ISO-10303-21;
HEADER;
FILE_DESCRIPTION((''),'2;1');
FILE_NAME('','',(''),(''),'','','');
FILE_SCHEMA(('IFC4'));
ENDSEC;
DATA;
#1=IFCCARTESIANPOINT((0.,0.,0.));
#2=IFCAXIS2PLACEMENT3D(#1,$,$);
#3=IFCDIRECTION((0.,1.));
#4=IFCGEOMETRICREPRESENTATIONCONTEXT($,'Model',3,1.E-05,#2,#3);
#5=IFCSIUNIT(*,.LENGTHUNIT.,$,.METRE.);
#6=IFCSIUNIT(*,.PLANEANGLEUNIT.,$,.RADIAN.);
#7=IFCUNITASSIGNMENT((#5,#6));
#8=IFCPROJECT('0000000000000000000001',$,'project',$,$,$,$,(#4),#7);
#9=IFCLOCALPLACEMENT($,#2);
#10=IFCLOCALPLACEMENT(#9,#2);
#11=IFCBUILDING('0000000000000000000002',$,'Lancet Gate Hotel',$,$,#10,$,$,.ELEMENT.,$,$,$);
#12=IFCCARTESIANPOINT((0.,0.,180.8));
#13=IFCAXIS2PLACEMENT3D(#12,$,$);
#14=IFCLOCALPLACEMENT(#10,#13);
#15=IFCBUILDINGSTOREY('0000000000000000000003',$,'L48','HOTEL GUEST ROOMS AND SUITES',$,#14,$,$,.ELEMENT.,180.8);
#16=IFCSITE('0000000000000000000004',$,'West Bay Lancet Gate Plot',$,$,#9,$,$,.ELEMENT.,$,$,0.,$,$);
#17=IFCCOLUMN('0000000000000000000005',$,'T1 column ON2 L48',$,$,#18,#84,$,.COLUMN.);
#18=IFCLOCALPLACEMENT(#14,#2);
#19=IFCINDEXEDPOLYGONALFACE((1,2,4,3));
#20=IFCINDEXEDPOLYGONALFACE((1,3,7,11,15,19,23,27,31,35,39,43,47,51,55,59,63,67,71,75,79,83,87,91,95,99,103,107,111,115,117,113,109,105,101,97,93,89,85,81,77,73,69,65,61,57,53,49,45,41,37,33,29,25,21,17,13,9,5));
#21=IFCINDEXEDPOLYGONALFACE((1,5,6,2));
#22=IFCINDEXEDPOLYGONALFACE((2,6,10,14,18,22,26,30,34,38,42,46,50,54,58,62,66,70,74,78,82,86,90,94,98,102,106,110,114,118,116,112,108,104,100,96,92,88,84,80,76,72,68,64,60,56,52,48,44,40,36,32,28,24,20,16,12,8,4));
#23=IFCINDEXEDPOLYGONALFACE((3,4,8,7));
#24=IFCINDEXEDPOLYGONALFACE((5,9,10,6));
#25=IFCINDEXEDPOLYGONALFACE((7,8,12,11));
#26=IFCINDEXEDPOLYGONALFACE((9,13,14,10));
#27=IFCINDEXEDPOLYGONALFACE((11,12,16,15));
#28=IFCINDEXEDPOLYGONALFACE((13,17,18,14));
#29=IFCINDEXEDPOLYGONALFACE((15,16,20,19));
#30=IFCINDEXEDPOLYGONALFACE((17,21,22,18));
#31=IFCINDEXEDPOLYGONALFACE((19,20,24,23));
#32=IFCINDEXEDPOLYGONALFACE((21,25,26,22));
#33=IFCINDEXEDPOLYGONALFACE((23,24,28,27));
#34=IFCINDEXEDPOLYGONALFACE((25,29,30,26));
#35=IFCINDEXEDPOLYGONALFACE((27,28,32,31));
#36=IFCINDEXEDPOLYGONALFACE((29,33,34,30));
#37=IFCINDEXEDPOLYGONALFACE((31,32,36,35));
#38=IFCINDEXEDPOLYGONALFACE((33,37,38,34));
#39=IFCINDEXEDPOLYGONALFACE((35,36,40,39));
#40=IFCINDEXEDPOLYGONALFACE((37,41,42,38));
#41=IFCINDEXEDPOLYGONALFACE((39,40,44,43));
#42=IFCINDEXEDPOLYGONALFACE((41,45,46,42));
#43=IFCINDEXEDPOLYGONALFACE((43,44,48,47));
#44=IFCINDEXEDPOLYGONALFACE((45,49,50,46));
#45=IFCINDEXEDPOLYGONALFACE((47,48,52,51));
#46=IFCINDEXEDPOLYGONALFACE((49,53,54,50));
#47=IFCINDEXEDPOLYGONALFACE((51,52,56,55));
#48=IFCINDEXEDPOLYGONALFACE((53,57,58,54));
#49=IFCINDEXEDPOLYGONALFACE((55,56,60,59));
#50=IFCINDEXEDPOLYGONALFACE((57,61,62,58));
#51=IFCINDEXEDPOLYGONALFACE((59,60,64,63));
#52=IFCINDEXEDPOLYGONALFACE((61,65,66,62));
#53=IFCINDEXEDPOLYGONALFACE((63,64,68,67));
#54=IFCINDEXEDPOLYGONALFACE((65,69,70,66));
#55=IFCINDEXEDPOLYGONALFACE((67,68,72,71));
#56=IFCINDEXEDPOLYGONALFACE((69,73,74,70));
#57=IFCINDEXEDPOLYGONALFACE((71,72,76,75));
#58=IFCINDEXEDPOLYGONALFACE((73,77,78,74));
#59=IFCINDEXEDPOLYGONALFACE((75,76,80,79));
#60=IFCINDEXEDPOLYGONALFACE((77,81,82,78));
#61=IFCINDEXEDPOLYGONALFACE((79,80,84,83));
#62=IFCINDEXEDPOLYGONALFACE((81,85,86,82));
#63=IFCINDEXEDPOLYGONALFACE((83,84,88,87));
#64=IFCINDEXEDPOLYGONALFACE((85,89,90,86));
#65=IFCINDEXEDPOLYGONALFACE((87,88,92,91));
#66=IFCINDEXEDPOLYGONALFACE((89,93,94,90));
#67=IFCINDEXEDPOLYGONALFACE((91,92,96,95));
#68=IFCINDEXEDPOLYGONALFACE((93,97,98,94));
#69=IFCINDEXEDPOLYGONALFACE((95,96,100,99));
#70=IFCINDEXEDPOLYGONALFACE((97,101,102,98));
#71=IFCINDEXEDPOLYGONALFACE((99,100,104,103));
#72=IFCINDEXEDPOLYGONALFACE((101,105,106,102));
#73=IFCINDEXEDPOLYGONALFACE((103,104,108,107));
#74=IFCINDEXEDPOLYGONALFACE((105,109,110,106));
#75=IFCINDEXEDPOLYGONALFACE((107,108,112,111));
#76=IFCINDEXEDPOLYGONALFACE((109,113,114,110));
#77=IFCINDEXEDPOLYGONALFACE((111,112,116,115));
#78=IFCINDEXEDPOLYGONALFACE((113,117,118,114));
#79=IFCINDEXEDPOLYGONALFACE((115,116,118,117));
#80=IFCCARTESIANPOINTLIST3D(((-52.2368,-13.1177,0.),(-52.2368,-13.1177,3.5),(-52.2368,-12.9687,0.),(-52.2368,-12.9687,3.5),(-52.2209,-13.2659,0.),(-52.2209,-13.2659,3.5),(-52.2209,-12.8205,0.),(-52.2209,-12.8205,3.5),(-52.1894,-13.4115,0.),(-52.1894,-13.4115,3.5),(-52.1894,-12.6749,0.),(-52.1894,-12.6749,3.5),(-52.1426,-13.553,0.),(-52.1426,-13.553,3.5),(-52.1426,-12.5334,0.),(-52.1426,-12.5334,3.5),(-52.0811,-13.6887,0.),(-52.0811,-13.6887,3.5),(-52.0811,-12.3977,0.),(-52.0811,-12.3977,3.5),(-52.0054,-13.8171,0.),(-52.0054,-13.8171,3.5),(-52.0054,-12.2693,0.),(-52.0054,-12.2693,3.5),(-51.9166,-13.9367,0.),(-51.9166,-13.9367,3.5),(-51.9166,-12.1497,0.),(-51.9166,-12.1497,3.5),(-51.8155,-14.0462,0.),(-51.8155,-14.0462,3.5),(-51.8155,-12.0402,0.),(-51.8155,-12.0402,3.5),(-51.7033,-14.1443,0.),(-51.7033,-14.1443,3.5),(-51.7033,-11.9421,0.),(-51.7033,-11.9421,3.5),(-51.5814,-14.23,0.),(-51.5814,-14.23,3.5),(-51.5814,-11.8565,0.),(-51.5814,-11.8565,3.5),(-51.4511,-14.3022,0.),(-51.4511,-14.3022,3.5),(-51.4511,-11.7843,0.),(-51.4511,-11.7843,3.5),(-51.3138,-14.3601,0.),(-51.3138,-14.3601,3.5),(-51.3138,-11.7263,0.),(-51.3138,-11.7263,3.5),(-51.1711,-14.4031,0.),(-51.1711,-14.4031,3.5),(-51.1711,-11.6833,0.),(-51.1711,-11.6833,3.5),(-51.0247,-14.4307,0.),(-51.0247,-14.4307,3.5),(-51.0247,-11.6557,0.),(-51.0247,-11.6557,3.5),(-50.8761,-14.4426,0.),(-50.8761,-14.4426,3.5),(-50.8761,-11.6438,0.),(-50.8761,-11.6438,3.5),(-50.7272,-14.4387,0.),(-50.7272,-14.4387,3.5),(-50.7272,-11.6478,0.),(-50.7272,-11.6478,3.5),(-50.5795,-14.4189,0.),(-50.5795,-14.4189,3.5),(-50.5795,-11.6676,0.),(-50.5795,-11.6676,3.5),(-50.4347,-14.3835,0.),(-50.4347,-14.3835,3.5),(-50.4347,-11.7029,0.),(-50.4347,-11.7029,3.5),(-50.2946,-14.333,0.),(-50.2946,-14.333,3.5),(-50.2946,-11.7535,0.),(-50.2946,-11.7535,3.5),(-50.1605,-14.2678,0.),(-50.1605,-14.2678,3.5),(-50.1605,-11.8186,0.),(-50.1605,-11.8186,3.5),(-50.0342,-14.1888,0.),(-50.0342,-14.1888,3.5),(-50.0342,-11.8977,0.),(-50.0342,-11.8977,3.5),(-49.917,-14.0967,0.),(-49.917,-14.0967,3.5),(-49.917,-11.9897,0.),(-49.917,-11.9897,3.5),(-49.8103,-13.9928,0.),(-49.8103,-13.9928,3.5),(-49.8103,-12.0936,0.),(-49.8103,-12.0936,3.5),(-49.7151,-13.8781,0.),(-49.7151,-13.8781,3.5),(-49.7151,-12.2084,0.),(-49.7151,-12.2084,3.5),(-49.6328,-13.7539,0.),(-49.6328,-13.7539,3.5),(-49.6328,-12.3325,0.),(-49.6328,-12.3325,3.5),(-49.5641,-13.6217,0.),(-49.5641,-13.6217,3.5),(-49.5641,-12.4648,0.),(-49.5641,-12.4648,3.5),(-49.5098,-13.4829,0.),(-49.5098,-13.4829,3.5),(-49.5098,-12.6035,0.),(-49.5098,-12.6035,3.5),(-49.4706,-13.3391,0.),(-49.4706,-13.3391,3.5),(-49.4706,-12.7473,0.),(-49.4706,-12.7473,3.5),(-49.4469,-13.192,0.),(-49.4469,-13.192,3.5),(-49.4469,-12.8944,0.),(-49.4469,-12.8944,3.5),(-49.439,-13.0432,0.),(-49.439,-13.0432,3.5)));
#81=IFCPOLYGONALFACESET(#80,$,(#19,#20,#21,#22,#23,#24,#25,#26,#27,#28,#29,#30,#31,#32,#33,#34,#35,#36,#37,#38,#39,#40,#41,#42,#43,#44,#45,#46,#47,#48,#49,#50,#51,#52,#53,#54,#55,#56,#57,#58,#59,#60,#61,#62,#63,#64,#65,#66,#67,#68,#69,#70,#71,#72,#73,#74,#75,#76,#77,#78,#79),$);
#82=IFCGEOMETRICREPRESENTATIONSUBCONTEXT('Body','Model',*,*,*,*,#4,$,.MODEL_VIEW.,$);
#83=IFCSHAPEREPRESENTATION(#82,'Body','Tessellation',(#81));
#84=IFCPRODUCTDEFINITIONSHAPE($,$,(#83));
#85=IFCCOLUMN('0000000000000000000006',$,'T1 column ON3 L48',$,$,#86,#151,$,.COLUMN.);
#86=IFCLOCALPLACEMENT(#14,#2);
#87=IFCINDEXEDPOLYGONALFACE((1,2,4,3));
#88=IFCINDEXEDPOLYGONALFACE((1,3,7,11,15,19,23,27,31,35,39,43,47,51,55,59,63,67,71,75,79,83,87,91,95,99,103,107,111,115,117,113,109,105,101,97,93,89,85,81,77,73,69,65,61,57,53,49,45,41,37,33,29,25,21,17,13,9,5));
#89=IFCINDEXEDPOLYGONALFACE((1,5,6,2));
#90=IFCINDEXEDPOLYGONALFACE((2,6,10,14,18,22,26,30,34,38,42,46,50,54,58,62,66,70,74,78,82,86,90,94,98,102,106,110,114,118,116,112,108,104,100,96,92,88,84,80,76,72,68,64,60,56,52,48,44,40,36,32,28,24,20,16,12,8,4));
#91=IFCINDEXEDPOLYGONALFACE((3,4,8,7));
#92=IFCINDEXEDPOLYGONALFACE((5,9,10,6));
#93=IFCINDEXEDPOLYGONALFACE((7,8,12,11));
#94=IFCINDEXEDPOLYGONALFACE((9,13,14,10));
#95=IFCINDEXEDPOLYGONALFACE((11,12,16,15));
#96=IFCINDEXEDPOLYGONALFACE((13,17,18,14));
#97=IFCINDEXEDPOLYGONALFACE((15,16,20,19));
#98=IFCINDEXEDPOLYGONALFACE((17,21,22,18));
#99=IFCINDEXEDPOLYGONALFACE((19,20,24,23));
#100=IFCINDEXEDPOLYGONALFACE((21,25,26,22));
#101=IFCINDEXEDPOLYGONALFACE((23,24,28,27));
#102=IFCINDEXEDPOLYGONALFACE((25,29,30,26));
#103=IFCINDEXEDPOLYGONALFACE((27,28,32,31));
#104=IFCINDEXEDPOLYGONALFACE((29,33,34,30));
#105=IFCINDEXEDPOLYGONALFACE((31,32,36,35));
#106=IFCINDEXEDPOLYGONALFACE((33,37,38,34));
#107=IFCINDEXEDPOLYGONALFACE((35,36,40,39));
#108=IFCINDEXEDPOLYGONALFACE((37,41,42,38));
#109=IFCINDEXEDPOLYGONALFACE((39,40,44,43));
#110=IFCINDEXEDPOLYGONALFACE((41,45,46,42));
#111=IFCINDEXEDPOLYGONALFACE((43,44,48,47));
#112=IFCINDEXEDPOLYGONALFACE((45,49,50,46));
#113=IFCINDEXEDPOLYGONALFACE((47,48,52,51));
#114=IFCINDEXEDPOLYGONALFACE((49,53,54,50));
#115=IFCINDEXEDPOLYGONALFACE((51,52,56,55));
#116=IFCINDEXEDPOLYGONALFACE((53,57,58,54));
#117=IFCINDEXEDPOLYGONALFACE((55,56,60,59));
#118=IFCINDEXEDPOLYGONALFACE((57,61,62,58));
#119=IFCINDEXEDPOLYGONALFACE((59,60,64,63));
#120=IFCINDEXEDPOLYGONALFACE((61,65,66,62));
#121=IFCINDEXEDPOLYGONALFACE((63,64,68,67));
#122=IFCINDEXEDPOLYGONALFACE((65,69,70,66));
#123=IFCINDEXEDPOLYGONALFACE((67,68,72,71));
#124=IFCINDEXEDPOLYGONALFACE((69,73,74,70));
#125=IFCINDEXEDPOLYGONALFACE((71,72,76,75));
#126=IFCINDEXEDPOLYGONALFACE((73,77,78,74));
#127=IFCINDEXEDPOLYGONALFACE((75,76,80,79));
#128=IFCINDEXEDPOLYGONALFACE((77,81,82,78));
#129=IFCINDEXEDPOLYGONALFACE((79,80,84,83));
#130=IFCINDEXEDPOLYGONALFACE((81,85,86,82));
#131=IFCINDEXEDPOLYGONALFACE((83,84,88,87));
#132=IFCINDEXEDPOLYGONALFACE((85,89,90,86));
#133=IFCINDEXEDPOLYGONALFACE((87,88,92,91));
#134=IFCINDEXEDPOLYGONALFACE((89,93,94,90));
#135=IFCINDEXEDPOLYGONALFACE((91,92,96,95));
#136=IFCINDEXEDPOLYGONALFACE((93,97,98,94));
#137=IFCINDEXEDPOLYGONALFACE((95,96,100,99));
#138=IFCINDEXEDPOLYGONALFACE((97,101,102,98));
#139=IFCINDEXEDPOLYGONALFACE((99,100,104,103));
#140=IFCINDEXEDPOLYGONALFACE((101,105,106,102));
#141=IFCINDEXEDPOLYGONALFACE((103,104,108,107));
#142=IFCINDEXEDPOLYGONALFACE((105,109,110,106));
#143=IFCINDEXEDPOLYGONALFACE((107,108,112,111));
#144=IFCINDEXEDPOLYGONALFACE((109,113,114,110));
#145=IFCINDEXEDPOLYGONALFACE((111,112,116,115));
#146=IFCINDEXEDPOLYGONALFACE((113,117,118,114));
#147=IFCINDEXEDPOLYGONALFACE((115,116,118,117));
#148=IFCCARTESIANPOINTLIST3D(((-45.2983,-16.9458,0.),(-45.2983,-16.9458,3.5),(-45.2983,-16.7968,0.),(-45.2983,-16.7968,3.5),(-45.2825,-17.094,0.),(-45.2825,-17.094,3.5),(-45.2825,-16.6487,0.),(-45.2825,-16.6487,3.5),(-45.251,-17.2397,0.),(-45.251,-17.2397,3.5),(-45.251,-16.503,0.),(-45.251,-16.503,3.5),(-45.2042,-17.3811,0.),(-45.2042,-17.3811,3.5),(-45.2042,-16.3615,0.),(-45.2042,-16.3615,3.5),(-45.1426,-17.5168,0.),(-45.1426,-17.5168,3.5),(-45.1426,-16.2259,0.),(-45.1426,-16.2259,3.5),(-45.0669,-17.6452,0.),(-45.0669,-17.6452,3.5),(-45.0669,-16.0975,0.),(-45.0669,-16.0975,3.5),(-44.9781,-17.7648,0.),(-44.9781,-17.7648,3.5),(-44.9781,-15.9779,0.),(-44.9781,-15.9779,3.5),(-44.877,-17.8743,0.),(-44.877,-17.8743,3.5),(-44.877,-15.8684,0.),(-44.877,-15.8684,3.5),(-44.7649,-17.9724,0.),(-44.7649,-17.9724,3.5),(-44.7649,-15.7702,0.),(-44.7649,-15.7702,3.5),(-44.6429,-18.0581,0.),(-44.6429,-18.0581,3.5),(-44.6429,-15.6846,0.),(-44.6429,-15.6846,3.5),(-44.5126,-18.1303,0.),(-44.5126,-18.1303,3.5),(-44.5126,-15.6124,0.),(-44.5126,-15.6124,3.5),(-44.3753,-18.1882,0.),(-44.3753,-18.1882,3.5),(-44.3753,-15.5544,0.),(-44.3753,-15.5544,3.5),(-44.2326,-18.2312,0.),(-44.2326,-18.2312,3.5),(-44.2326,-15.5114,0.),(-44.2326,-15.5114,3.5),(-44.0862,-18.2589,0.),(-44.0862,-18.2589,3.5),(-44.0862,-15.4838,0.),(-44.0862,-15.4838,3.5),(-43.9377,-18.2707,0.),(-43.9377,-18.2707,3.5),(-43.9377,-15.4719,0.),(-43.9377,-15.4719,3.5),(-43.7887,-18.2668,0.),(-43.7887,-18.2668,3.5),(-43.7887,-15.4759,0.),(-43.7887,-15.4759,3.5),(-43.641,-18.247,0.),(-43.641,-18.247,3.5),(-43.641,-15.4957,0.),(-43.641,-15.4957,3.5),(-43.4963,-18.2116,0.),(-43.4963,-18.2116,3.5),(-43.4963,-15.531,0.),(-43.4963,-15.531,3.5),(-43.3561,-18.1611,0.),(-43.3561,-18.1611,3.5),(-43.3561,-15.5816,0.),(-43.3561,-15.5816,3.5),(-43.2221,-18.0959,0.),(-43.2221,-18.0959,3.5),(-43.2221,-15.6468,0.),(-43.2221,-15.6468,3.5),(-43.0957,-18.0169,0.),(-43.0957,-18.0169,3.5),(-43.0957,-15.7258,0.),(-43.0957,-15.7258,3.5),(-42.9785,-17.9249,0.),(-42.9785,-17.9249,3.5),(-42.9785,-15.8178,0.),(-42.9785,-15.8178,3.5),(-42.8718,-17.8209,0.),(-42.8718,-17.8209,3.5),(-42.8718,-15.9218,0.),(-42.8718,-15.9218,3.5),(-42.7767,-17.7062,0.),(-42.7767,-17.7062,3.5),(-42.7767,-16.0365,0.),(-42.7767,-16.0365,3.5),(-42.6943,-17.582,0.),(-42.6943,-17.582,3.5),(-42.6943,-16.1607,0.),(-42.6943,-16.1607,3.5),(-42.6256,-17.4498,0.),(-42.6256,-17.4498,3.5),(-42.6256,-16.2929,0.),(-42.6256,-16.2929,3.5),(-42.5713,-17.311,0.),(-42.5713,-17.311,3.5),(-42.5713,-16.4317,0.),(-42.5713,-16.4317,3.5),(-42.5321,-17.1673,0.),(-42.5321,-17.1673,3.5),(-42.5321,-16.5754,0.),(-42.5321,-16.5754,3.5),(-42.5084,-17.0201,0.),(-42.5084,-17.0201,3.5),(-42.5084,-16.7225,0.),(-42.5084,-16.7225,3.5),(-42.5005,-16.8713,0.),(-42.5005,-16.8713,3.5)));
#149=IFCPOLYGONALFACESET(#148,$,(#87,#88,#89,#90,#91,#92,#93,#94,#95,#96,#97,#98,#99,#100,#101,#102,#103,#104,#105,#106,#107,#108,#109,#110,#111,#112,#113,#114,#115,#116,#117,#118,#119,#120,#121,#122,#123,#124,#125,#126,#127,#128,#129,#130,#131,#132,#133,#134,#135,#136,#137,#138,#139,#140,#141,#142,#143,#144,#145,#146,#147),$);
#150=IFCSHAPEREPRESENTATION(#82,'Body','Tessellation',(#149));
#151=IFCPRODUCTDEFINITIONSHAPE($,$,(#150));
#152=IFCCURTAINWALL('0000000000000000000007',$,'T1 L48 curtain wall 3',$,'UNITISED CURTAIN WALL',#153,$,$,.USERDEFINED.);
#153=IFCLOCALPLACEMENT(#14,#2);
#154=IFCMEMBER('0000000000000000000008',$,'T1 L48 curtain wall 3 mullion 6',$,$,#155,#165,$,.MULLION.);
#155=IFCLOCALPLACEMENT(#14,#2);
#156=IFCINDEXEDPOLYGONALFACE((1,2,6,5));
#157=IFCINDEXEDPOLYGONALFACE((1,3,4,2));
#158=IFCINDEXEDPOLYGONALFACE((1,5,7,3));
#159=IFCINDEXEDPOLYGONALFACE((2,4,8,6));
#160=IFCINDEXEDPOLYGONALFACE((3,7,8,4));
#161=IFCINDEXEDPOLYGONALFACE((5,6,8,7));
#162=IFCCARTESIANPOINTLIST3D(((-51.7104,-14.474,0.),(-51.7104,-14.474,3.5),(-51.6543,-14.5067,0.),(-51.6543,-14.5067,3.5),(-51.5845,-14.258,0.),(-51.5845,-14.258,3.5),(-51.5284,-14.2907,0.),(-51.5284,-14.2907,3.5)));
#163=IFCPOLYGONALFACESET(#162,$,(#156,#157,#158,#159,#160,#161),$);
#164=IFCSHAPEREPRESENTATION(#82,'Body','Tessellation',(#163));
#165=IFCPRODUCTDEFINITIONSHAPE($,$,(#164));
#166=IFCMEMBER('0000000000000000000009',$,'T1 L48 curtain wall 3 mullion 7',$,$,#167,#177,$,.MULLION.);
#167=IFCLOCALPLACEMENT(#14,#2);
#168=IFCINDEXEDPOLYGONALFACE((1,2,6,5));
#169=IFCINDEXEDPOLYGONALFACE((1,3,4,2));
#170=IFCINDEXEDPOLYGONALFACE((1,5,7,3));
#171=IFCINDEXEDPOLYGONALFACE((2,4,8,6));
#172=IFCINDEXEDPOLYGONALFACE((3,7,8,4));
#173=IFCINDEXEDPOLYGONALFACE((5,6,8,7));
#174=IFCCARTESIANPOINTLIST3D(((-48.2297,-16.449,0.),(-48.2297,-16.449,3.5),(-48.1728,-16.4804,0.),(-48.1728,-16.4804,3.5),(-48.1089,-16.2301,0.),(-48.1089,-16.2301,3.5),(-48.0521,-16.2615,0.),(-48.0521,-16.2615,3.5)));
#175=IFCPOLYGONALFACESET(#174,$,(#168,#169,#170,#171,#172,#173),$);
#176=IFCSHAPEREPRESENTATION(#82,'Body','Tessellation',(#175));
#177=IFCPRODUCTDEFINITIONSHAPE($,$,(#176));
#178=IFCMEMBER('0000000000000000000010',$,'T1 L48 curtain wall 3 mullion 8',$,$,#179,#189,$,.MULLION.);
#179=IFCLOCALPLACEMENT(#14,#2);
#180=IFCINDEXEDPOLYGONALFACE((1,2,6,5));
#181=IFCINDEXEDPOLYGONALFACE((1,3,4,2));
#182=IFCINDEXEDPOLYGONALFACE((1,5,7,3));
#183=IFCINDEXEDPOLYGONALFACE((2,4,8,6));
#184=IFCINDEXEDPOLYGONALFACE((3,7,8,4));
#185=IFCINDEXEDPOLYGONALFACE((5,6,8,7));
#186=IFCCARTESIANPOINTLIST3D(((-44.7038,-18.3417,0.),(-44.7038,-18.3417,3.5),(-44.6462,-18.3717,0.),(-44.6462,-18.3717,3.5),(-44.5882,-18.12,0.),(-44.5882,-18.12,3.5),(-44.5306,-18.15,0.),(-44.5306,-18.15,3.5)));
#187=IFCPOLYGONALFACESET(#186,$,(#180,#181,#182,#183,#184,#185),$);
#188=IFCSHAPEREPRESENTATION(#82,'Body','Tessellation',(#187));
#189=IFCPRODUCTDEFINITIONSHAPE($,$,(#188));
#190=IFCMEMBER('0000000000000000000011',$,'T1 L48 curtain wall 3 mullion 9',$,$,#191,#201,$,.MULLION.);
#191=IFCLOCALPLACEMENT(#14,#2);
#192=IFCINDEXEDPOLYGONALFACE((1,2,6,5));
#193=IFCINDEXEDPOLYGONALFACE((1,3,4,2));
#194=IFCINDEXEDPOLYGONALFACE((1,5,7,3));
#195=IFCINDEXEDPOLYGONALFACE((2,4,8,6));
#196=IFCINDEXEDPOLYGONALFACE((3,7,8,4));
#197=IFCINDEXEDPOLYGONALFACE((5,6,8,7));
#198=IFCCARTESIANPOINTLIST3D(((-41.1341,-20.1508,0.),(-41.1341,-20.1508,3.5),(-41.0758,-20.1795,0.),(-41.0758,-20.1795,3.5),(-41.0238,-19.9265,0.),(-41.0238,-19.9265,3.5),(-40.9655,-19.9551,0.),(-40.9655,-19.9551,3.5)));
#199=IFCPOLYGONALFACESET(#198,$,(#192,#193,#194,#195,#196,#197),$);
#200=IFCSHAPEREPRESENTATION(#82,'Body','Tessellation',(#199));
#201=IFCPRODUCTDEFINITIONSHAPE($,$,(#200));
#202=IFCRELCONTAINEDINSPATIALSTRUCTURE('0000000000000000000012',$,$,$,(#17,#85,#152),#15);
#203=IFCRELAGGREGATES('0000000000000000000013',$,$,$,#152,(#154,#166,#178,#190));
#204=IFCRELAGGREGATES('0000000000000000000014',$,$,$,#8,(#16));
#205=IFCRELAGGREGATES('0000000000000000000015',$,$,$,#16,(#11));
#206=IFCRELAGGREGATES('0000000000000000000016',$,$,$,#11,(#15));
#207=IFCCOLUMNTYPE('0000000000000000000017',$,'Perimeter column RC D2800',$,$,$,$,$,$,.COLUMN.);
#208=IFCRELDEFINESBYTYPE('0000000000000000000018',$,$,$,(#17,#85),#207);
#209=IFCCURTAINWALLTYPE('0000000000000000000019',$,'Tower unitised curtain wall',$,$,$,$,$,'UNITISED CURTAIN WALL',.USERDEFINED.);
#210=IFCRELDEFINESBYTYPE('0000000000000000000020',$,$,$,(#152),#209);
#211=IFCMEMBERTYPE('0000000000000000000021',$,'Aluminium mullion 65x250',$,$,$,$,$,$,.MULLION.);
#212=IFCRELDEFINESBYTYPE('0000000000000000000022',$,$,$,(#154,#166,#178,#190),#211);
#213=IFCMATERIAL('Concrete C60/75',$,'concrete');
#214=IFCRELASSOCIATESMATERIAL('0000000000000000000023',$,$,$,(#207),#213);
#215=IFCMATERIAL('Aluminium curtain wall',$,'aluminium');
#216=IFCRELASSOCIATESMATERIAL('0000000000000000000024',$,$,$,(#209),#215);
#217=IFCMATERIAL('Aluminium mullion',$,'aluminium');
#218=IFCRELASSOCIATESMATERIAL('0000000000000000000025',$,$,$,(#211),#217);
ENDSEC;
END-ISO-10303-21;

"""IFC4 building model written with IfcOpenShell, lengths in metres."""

from ifc_helpers import new_model, si_unit, direction, frame, origin, origin_2d, place, context, subcontext, project, spatial, rectangle, circle, extrude, material, material_profile, profile_set, type_object, element, aggregate, save


model = new_model("IFC4")

# Units and contexts
model_context = context("Model", 3, precision=1e-05, world=origin(), true_north=direction((0.0, 1.0)))
body_context = subcontext(model_context, "Body", "Model", "MODEL_VIEW")
ifc_project = project(units=[si_unit("LENGTHUNIT", "METRE"), si_unit("PLANEANGLEUNIT", "RADIAN")], contexts=[model_context])

# Site, building, storey
site_placement = place(None, origin())
site = spatial("IfcSite", under=ifc_project, at=site_placement, Name="West Bay Lancet Gate Plot", CompositionType="ELEMENT", RefElevation=0.0)
building_placement = place(site_placement, origin())
building = spatial("IfcBuilding", under=site, at=building_placement, Name="Lancet Gate Hotel", CompositionType="ELEMENT")
storey_placement = place(building_placement, frame((0.0, 0.0, 180.8)))
storey = spatial("IfcBuildingStorey", under=building, at=storey_placement, Name="L48", Description="HOTEL GUEST ROOMS AND SUITES", CompositionType="ELEMENT", Elevation=180.8)

# Columns
ifc_material_1 = material(Name="Concrete C60/75", Category="concrete")
ifc_material_profile_1 = material_profile(ifc_material_1, circle(Radius=1.3999, at=origin_2d()), Name="RC D2800")
ifc_profile_set_1 = profile_set([ifc_material_profile_1], Name="Concrete C60/75")
column_type = type_object("IfcColumnType", Name="Perimeter column RC D2800", PredefinedType="COLUMN", material=ifc_profile_set_1)
for number, where, z_axis, x_axis, name in (
    (1, (-50.8389, -13.0432, 0.0), (0.0, 0.0, 1.0), (1.0, 0.0, 0.0), "T1 column ON2 L48"),
    (2, (-43.9004, -16.8713, 0.0), (0.0, 0.0, 1.0), (1.0, 0.0, 0.0), "T1 column ON3 L48"),
):
    element("IfcColumn", number, at=place(storey_placement, frame(where, z_axis=z_axis, x_axis=x_axis)), inside=storey, type_object=column_type, Name=name, PredefinedType="COLUMN", context=body_context, shape_type="SweptSolid", body=[
        extrude(circle(Radius=1.3999, at=origin_2d()), origin(), (0.0, 0.0, 1.0), 3.5),
    ])

# Curtain wall, members
ifc_material_2 = material(Name="Aluminium curtain wall", Category="aluminium")
curtain_wall_type = type_object("IfcCurtainWallType", Name="Tower unitised curtain wall", ElementType="UNITISED CURTAIN WALL", PredefinedType="USERDEFINED", material=ifc_material_2)
curtain_wall_placement = place(storey_placement, origin())
curtain_wall = element("IfcCurtainWall", 3, at=curtain_wall_placement, inside=storey, type_object=curtain_wall_type, Name="T1 L48 curtain wall 3", ObjectType="UNITISED CURTAIN WALL", PredefinedType="USERDEFINED")
ifc_material_3 = material(Name="Aluminium mullion", Category="aluminium")
ifc_material_profile_2 = material_profile(ifc_material_3, rectangle(XDim=0.0649, YDim=0.25, at=origin_2d()), Name="MULLION 65x250")
ifc_profile_set_2 = profile_set([ifc_material_profile_2], Name="Aluminium mullion")
member_type_1 = type_object("IfcMemberType", Name="Aluminium mullion 65x250", PredefinedType="MULLION", material=ifc_profile_set_2)
member_1_placement = place(storey_placement, frame((-51.6194, -14.3823, 0.0), z_axis=(0.0, 0.0, 1.0), x_axis=(0.863969, -0.503545, 0.0)))
member_1 = element("IfcMember", 4, at=member_1_placement, type_object=member_type_1, Name="T1 L48 curtain wall 3 mullion 6", PredefinedType="MULLION", context=body_context, shape_type="SweptSolid", body=[
    extrude(rectangle(XDim=0.0649, YDim=0.25, at=origin_2d()), origin(), (0.0, 0.0, 1.0), 3.5),
])
member_2_placement = place(storey_placement, frame((-48.1409, -16.3552, 0.0), z_axis=(0.0, 0.0, 1.0), x_axis=(0.875574, -0.483084, 0.0)))
member_2 = element("IfcMember", 5, at=member_2_placement, type_object=member_type_1, Name="T1 L48 curtain wall 3 mullion 7", PredefinedType="MULLION", context=body_context, shape_type="SweptSolid", body=[
    extrude(rectangle(XDim=0.0649, YDim=0.25, at=origin_2d()), origin(), (0.0, 0.0, 1.0), 3.5),
])
member_3_placement = place(storey_placement, frame((-44.6172, -18.2458, 0.0), z_axis=(0.0, 0.0, 1.0), x_axis=(0.886694, -0.462356, 0.0)))
member_3 = element("IfcMember", 6, at=member_3_placement, type_object=member_type_1, Name="T1 L48 curtain wall 3 mullion 8", PredefinedType="MULLION", context=body_context, shape_type="SweptSolid", body=[
    extrude(rectangle(XDim=0.0649, YDim=0.25, at=origin_2d()), origin(), (0.0, 0.0, 1.0), 3.5),
])
member_4_placement = place(storey_placement, frame((-41.0498, -20.053, 0.0), z_axis=(0.0, 0.0, 1.0), x_axis=(0.897324, -0.441372, 0.0)))
member_4 = element("IfcMember", 7, at=member_4_placement, type_object=member_type_1, Name="T1 L48 curtain wall 3 mullion 9", PredefinedType="MULLION", context=body_context, shape_type="SweptSolid", body=[
    extrude(rectangle(XDim=0.0649, YDim=0.25, at=origin_2d()), origin(), (0.0, 0.0, 1.0), 3.5),
])

aggregate(curtain_wall, [member_1, member_2, member_3, member_4])

save(model, "model.ifc")
